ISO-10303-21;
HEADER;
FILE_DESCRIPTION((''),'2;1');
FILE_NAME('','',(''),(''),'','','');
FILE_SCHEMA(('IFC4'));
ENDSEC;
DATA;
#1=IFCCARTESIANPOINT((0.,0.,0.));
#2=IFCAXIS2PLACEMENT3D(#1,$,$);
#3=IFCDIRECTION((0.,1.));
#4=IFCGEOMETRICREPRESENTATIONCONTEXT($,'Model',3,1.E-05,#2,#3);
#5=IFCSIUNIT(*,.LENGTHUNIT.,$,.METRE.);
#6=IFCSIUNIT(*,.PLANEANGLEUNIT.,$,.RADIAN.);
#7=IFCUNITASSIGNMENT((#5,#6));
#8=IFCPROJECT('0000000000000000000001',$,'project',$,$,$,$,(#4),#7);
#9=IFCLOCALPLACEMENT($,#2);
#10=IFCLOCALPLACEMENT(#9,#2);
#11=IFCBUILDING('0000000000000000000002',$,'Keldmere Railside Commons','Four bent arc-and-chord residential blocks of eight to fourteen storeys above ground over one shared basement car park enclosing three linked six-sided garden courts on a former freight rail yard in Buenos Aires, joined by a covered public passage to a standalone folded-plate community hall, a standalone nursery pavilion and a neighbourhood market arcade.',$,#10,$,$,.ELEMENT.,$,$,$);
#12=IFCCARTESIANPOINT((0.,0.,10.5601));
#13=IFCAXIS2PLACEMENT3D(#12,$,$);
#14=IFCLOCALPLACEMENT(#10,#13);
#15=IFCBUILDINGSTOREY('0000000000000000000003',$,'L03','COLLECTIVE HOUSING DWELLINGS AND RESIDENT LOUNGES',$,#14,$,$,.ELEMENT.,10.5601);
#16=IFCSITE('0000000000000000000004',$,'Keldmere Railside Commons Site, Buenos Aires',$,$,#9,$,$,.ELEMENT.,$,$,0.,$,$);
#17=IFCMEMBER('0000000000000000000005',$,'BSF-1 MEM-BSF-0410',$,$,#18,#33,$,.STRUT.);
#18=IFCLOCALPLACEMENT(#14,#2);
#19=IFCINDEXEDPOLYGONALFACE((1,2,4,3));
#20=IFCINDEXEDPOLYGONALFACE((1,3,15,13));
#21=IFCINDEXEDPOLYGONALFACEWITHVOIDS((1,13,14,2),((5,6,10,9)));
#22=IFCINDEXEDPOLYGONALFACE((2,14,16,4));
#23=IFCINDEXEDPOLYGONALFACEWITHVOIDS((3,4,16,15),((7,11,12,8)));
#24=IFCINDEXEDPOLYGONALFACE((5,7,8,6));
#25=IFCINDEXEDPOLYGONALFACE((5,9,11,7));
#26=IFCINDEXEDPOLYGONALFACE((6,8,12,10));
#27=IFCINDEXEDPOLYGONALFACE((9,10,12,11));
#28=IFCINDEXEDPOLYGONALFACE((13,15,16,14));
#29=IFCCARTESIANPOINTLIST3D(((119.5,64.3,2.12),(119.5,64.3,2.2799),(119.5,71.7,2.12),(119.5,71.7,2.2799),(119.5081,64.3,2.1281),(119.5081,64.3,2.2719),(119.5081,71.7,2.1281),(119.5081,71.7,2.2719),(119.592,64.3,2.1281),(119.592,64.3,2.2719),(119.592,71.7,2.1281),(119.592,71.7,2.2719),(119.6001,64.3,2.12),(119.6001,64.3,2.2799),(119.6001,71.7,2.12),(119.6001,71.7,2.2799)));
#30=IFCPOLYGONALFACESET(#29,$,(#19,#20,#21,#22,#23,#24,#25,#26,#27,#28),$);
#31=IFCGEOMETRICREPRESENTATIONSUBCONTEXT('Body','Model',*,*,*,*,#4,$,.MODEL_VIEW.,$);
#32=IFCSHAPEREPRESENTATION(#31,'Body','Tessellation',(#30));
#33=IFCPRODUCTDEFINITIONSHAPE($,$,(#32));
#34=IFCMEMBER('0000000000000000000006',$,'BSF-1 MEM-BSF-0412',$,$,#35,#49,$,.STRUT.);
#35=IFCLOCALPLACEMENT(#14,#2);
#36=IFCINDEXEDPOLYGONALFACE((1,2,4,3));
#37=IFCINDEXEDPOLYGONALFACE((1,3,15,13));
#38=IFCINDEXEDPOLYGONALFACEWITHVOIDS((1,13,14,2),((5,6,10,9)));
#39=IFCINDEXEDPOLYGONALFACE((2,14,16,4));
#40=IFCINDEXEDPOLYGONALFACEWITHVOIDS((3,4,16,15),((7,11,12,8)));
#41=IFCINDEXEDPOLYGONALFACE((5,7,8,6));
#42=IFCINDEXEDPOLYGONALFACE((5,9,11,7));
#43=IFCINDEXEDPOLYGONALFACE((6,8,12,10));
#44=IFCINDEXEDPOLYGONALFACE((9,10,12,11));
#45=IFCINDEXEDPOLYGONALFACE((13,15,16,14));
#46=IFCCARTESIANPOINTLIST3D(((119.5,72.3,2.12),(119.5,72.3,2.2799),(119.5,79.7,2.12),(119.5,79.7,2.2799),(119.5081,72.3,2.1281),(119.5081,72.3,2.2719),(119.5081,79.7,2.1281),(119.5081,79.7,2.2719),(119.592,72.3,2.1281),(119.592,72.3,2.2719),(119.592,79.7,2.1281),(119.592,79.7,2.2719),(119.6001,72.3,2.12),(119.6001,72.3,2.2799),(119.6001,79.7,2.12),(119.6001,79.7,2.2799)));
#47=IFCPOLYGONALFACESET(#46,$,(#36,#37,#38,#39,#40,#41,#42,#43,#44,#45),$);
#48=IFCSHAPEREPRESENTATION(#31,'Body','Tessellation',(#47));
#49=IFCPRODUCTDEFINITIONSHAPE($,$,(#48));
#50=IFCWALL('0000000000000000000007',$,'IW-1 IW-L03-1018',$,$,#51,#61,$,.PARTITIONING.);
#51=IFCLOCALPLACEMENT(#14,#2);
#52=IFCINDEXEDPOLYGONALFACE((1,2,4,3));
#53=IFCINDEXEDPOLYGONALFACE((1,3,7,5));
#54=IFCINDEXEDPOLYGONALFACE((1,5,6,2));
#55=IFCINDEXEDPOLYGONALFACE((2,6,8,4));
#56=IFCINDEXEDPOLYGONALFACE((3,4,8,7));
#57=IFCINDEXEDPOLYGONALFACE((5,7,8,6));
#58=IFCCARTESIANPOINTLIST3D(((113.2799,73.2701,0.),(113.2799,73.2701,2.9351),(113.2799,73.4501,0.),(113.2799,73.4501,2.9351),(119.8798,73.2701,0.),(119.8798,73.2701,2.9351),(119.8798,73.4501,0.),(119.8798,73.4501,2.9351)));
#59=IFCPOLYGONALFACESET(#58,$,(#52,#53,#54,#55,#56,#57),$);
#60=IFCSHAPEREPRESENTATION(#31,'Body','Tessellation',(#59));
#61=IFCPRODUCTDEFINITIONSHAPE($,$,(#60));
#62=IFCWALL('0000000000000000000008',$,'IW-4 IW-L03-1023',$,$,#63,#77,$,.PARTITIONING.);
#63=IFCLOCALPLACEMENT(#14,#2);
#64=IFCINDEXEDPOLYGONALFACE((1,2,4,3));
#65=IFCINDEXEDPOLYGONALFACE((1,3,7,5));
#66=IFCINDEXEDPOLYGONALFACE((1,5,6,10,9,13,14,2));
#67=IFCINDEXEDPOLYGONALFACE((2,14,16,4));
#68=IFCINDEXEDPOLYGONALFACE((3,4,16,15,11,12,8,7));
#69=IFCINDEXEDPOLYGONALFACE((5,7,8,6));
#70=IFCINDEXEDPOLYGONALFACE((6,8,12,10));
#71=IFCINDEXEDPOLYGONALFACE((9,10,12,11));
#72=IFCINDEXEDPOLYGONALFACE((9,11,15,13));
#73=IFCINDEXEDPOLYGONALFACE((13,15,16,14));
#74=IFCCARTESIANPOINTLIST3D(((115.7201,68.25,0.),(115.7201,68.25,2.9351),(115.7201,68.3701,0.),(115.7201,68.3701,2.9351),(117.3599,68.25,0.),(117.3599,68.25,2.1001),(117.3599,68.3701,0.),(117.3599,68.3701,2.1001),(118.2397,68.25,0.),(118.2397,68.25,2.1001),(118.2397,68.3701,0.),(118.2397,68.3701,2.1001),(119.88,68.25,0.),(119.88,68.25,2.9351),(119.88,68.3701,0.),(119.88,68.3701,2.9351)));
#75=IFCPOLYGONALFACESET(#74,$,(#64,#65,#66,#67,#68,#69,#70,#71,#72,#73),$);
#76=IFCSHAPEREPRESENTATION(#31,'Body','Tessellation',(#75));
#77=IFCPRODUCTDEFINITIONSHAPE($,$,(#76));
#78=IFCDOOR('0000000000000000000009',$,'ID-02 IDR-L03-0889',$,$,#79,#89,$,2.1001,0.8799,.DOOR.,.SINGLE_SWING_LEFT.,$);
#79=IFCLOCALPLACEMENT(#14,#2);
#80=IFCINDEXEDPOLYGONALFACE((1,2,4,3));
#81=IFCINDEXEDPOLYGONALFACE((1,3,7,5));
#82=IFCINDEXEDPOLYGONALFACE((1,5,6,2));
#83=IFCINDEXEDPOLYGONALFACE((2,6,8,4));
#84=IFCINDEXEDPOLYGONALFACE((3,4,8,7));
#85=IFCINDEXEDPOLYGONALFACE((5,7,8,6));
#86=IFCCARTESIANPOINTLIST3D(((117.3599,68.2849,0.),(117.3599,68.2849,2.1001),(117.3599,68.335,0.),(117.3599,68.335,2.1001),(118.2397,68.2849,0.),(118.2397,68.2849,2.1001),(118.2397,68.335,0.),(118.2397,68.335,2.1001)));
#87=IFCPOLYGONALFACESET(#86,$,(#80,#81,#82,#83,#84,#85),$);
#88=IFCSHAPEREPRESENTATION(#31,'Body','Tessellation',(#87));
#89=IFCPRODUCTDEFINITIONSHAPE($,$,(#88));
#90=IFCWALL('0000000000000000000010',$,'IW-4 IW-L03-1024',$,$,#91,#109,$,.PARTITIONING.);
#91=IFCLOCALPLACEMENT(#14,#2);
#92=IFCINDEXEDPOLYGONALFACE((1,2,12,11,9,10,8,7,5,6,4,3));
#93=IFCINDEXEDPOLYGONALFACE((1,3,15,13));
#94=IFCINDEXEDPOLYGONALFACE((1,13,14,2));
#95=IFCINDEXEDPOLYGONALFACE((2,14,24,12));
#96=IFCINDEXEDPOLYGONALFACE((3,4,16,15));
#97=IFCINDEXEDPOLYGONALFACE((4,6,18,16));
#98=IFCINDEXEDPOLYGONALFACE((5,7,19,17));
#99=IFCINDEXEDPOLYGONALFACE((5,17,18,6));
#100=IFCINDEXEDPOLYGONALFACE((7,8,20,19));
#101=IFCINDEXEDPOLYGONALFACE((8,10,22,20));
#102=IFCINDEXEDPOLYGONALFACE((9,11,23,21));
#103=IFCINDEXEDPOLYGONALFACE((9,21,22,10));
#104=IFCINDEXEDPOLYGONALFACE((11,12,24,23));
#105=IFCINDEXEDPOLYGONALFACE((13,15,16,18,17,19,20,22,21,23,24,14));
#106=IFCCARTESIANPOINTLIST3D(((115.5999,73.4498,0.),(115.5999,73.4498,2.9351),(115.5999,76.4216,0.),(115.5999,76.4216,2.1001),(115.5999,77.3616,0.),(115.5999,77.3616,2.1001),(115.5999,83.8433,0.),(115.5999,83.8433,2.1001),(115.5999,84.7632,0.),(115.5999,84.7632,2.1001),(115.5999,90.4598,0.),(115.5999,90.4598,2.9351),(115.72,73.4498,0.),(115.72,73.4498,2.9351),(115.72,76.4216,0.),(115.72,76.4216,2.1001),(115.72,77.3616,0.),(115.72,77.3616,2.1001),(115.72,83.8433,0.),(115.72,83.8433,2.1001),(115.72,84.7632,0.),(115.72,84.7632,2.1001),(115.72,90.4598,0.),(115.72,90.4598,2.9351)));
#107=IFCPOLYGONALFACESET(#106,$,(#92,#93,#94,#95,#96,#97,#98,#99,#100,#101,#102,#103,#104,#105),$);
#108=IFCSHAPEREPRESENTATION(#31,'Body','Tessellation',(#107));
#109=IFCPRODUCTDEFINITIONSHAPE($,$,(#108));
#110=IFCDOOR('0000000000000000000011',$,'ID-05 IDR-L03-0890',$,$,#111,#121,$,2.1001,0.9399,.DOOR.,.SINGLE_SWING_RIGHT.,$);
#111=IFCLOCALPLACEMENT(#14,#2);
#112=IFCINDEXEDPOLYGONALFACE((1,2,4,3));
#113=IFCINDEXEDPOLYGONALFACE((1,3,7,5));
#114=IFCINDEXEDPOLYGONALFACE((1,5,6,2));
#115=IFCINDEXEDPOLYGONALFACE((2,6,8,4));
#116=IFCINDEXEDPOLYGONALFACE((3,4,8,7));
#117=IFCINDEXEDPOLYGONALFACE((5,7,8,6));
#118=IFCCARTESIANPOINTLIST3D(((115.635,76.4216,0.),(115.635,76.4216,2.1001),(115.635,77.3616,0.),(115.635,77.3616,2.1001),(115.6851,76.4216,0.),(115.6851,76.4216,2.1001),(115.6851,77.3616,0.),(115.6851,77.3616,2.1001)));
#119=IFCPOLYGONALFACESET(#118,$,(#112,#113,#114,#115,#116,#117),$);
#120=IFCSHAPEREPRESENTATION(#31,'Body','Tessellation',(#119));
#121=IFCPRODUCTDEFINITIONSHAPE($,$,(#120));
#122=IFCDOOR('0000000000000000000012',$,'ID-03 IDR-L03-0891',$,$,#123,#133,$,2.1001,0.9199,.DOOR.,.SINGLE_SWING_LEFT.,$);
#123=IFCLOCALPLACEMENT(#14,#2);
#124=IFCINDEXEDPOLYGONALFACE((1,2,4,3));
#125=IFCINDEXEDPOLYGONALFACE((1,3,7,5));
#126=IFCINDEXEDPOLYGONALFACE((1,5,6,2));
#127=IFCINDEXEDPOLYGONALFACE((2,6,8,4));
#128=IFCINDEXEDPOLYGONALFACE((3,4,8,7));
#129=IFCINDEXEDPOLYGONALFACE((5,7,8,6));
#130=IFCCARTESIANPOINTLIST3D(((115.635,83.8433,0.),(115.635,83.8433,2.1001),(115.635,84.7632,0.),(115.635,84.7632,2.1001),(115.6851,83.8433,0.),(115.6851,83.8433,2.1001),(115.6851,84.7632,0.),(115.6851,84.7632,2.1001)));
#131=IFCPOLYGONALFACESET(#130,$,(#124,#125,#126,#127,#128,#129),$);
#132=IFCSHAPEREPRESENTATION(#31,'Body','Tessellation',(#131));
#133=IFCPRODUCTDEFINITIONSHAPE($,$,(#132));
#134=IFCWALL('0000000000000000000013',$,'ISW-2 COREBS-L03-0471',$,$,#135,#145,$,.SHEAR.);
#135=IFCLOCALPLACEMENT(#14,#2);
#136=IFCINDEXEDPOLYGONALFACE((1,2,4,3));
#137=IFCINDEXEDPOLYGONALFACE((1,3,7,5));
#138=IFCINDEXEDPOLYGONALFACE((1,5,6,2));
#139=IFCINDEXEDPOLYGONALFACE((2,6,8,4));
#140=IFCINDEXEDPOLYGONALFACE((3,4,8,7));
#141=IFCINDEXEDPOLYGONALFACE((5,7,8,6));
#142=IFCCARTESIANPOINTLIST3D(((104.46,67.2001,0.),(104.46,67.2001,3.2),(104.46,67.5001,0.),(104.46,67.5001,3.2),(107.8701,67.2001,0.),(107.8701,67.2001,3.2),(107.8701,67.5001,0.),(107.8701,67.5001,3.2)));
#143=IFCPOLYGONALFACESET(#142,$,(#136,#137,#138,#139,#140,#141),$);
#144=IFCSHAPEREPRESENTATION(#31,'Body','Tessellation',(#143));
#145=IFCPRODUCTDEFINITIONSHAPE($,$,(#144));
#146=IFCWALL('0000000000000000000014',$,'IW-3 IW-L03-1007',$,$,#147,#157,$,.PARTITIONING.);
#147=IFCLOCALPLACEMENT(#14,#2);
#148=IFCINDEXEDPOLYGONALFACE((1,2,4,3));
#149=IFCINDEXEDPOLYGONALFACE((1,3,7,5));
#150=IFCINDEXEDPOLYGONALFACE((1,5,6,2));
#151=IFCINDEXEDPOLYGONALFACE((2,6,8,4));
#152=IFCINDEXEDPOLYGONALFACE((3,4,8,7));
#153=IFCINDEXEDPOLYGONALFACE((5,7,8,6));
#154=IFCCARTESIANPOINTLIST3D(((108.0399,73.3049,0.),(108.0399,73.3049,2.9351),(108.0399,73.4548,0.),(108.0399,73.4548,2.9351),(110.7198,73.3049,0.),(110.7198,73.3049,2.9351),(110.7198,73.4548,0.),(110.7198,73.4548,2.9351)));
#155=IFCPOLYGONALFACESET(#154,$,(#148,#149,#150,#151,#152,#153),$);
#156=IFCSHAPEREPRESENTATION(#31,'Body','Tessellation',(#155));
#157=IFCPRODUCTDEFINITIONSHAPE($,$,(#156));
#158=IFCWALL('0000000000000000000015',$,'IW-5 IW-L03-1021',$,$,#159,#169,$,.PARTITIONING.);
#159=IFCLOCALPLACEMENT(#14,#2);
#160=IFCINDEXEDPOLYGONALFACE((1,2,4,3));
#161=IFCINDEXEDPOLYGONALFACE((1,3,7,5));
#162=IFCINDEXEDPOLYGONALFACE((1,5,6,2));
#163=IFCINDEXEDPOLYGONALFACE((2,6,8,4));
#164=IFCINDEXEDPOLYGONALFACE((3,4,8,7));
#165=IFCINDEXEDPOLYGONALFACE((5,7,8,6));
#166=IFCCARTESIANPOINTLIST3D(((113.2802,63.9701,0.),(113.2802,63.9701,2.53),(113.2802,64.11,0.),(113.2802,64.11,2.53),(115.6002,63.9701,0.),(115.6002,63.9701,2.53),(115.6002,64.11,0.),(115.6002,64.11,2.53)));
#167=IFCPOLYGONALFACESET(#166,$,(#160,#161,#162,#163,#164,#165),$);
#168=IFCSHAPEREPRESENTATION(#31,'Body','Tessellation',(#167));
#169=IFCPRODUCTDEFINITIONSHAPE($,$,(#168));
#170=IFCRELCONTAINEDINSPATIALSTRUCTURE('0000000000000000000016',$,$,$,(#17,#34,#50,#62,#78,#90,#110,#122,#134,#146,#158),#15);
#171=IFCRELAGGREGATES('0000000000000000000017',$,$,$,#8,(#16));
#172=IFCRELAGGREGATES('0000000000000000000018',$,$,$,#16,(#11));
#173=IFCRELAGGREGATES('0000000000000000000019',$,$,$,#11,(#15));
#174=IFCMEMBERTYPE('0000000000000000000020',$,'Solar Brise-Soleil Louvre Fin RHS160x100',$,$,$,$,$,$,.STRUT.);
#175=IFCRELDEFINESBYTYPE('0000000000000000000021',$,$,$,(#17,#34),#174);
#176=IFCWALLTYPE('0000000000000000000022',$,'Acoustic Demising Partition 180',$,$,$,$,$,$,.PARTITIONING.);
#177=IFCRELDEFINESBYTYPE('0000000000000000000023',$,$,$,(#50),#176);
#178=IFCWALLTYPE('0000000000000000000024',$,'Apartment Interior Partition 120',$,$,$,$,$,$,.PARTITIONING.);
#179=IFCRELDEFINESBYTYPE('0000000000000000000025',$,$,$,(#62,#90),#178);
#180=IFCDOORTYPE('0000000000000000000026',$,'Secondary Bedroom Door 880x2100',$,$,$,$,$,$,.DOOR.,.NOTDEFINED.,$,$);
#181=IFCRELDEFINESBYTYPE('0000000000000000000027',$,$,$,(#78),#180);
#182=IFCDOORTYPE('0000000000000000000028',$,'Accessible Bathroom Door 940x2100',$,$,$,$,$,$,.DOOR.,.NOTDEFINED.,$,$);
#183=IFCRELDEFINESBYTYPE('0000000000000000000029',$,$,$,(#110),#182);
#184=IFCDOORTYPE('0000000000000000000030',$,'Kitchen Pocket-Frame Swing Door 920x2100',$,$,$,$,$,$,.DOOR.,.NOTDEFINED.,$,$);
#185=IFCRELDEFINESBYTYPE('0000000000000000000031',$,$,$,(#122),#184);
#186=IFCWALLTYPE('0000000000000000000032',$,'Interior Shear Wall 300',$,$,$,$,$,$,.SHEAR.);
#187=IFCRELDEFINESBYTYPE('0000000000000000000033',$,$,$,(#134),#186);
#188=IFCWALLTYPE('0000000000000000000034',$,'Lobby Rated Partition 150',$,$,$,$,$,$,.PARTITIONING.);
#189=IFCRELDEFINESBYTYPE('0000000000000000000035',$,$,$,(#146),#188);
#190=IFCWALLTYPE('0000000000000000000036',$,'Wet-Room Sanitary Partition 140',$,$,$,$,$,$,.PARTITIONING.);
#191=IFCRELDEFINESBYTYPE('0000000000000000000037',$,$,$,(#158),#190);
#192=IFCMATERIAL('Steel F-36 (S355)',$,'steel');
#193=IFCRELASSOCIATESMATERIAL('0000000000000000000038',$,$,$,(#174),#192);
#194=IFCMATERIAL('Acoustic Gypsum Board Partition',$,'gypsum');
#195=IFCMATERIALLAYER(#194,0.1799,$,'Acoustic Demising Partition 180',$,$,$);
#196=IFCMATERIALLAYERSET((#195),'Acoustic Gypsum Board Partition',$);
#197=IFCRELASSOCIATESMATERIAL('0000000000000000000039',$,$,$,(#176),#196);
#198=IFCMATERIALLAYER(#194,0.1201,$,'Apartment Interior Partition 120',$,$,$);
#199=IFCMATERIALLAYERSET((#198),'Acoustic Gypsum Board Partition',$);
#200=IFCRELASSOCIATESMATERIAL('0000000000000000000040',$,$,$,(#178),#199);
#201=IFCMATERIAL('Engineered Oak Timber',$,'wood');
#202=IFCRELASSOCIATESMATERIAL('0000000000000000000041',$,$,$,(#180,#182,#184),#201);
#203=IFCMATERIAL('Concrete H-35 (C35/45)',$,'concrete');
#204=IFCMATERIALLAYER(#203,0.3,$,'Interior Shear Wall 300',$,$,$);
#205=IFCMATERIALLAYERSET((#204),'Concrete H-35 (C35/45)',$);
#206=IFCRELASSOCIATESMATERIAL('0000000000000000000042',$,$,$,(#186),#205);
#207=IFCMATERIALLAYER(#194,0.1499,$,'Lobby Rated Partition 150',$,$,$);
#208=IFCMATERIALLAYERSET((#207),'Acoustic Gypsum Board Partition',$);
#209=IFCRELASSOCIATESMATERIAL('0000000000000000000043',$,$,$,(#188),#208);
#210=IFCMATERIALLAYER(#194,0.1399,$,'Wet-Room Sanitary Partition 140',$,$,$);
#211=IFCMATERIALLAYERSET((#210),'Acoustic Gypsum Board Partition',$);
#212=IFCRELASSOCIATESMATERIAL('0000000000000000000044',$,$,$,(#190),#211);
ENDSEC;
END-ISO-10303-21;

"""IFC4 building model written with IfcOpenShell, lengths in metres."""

from ifc_helpers import new_model, si_unit, direction, frame, frame_2d, origin, origin_2d, place, context, subcontext, project, spatial, rectangle, hollow_rectangle, extrude, material, layer, layer_set, material_profile, profile_set, type_object, element, fill, save


model = new_model("IFC4")

# Units and contexts
model_context = context("Model", 3, precision=1e-05, world=origin(), true_north=direction((0.0, 1.0)))
body_context = subcontext(model_context, "Body", "Model", "MODEL_VIEW")
ifc_project = project(units=[si_unit("LENGTHUNIT", "METRE"), si_unit("PLANEANGLEUNIT", "RADIAN")], contexts=[model_context])

# Site, building, storey
site_placement = place(None, origin())
site = spatial("IfcSite", under=ifc_project, at=site_placement, Name="Keldmere Railside Commons Site, Buenos Aires", CompositionType="ELEMENT", RefElevation=0.0)
building_placement = place(site_placement, origin())
building = spatial("IfcBuilding", under=site, at=building_placement, Name="Keldmere Railside Commons", Description="Four bent arc-and-chord residential blocks of eight to fourteen storeys above ground over one shared basement car park enclosing three linked six-sided garden courts on a former freight rail yard in Buenos Aires, joined by a covered public passage to a standalone folded-plate community hall, a standalone nursery pavilion and a neighbourhood market arcade.", CompositionType="ELEMENT")
storey_placement = place(building_placement, frame((0.0, 0.0, 10.5601)))
storey = spatial("IfcBuildingStorey", under=building, at=storey_placement, Name="L03", Description="COLLECTIVE HOUSING DWELLINGS AND RESIDENT LOUNGES", CompositionType="ELEMENT", Elevation=10.5601)

# Shared definitions
ifc_material_1 = material(Name="Concrete H-35 (C35/45)", Category="concrete")

# Shared definitions
ifc_material_2 = material(Name="Steel F-36 (S355)", Category="steel")

# Members
ifc_material_profile_1 = material_profile(ifc_material_2, hollow_rectangle(XDim=0.1001, YDim=0.1599, WallThickness=0.0081, at=origin_2d()), Name="RHS-160x100x8")
ifc_profile_set_1 = profile_set([ifc_material_profile_1], Name="Steel F-36 (S355)")
member_type_1 = type_object("IfcMemberType", Name="Solar Brise-Soleil Louvre Fin RHS160x100", PredefinedType="STRUT", material=ifc_profile_set_1)
for number, where, z_axis, x_axis, name in (
    (1, (119.55, 64.3, 2.2), (0.0, 1.0, 0.0), (-1.0, 0.0, 0.0), "BSF-1 MEM-BSF-0410"),
    (2, (119.55, 72.3, 2.2), (0.0, 1.0, 0.0), (-1.0, 0.0, 0.0), "BSF-1 MEM-BSF-0412"),
):
    element("IfcMember", number, at=place(storey_placement, frame(where, z_axis=z_axis, x_axis=x_axis)), inside=storey, type_object=member_type_1, Name=name, PredefinedType="STRUT", context=body_context, shape_type="SweptSolid", body=[
        extrude(hollow_rectangle(XDim=0.1001, YDim=0.1599, WallThickness=0.0081, at=origin_2d()), origin(), (0.0, 0.0, 1.0), 7.3999),
    ])

# Wall
ifc_material_3 = material(Name="Acoustic Gypsum Board Partition", Category="gypsum")
ifc_layer_1 = layer(ifc_material_3, 0.1799, Name="Acoustic Demising Partition 180")
ifc_layer_set_1 = layer_set([ifc_layer_1], Name="Acoustic Gypsum Board Partition")
wall_type_1 = type_object("IfcWallType", Name="Acoustic Demising Partition 180", PredefinedType="PARTITIONING", material=ifc_layer_set_1)
wall_1_placement = place(storey_placement, frame((113.28, 73.3601, 0.0), z_axis=(0.0, 0.0, 1.0), x_axis=(1.0, 0.0, 0.0)))
element("IfcWall", 3, at=wall_1_placement, inside=storey, type_object=wall_type_1, Name="IW-1 IW-L03-1018", PredefinedType="PARTITIONING", context=body_context, shape_type="SweptSolid", body=[
    extrude(rectangle(XDim=6.5999, YDim=0.1799, at=frame_2d((3.2998, 0.0))), origin(), (0.0, 0.0, 1.0), 2.9351),
])

# Wall, opening, door
ifc_layer_2 = layer(ifc_material_3, 0.1201, Name="Apartment Interior Partition 120")
ifc_layer_set_2 = layer_set([ifc_layer_2], Name="Acoustic Gypsum Board Partition")
wall_type_2 = type_object("IfcWallType", Name="Apartment Interior Partition 120", PredefinedType="PARTITIONING", material=ifc_layer_set_2)
wall_2_placement = place(storey_placement, frame((115.72, 68.3101, 0.0), z_axis=(0.0, 0.0, 1.0), x_axis=(1.0, 0.0, 0.0)))
wall_2 = element("IfcWall", 4, at=wall_2_placement, inside=storey, type_object=wall_type_2, Name="IW-4 IW-L03-1023", PredefinedType="PARTITIONING", context=body_context, shape_type="SweptSolid", body=[
    extrude(rectangle(XDim=4.1599, YDim=0.1201, at=frame_2d((2.0801, 0.0))), origin(), (0.0, 0.0, 1.0), 2.9351),
])
opening_1_placement = place(wall_2_placement, frame((1.6399, 0.0, 0.0)))
opening_1 = element("IfcOpeningElement", 5, at=opening_1_placement, cuts=wall_2, PredefinedType="OPENING", context=body_context, shape_type="SweptSolid", body=[
    extrude(rectangle(XDim=0.8799, YDim=2.1001, at=frame_2d((0.4399, 1.05))), frame((0.0, 0.0701, 0.0), z_axis=(0.0, -1.0, 0.0), x_axis=(1.0, 0.0, 0.0)), (0.0, 0.0, 1.0), 0.1401),
])
ifc_material_4 = material(Name="Engineered Oak Timber", Category="wood")
door_type_1 = type_object("IfcDoorType", Name="Secondary Bedroom Door 880x2100", OperationType="NOTDEFINED", PredefinedType="DOOR", material=ifc_material_4)
door_1_placement = place(opening_1_placement, origin())
door_1 = element("IfcDoor", 6, at=door_1_placement, inside=storey, type_object=door_type_1, Name="ID-02 IDR-L03-0889", OperationType="SINGLE_SWING_LEFT", OverallHeight=2.1001, OverallWidth=0.8799, PredefinedType="DOOR", context=body_context, shape_type="SweptSolid", body=[
    extrude(rectangle(XDim=0.8799, YDim=2.1001, at=frame_2d((0.4399, 1.05))), frame((0.0, 0.0249, 0.0), z_axis=(0.0, -1.0, 0.0), x_axis=(1.0, 0.0, 0.0)), (0.0, 0.0, 1.0), 0.05),
])
fill(opening_1, door_1)

# Wall, openings, doors
wall_3_placement = place(storey_placement, frame((115.6599, 73.45, 0.0), z_axis=(0.0, 0.0, 1.0), x_axis=(0.0, 1.0, 0.0)))
wall_3 = element("IfcWall", 7, at=wall_3_placement, inside=storey, type_object=wall_type_2, Name="IW-4 IW-L03-1024", PredefinedType="PARTITIONING", context=body_context, shape_type="SweptSolid", body=[
    extrude(rectangle(XDim=17.01, YDim=0.1201, at=frame_2d((8.5049, 0.0))), origin(), (0.0, 0.0, 1.0), 2.9351),
])
opening_2_placement = place(wall_3_placement, frame((2.9717, 0.0, 0.0)))
opening_2 = element("IfcOpeningElement", 8, at=opening_2_placement, cuts=wall_3, PredefinedType="OPENING", context=body_context, shape_type="SweptSolid", body=[
    extrude(rectangle(XDim=0.9399, YDim=2.1001, at=frame_2d((0.47, 1.05))), frame((0.0, 0.0701, 0.0), z_axis=(0.0, -1.0, 0.0), x_axis=(1.0, 0.0, 0.0)), (0.0, 0.0, 1.0), 0.1401),
])
opening_3_placement = place(wall_3_placement, frame((10.3933, 0.0, 0.0)))
opening_3 = element("IfcOpeningElement", 9, at=opening_3_placement, cuts=wall_3, PredefinedType="OPENING", context=body_context, shape_type="SweptSolid", body=[
    extrude(rectangle(XDim=0.9199, YDim=2.1001, at=frame_2d((0.46, 1.05))), frame((0.0, 0.0701, 0.0), z_axis=(0.0, -1.0, 0.0), x_axis=(1.0, 0.0, 0.0)), (0.0, 0.0, 1.0), 0.1401),
])
door_type_2 = type_object("IfcDoorType", Name="Accessible Bathroom Door 940x2100", OperationType="NOTDEFINED", PredefinedType="DOOR", material=ifc_material_4)
door_2_placement = place(opening_2_placement, origin())
door_2 = element("IfcDoor", 10, at=door_2_placement, inside=storey, type_object=door_type_2, Name="ID-05 IDR-L03-0890", OperationType="SINGLE_SWING_RIGHT", OverallHeight=2.1001, OverallWidth=0.9399, PredefinedType="DOOR", context=body_context, shape_type="SweptSolid", body=[
    extrude(rectangle(XDim=0.9399, YDim=2.1001, at=frame_2d((0.47, 1.05))), frame((0.0, 0.0249, 0.0), z_axis=(0.0, -1.0, 0.0), x_axis=(1.0, 0.0, 0.0)), (0.0, 0.0, 1.0), 0.05),
])
fill(opening_2, door_2)
door_type_3 = type_object("IfcDoorType", Name="Kitchen Pocket-Frame Swing Door 920x2100", OperationType="NOTDEFINED", PredefinedType="DOOR", material=ifc_material_4)
door_3_placement = place(opening_3_placement, origin())
door_3 = element("IfcDoor", 11, at=door_3_placement, inside=storey, type_object=door_type_3, Name="ID-03 IDR-L03-0891", OperationType="SINGLE_SWING_LEFT", OverallHeight=2.1001, OverallWidth=0.9199, PredefinedType="DOOR", context=body_context, shape_type="SweptSolid", body=[
    extrude(rectangle(XDim=0.9199, YDim=2.1001, at=frame_2d((0.46, 1.05))), frame((0.0, 0.0249, 0.0), z_axis=(0.0, -1.0, 0.0), x_axis=(1.0, 0.0, 0.0)), (0.0, 0.0, 1.0), 0.05),
])
fill(opening_3, door_3)

# Walls
ifc_layer_3 = layer(ifc_material_1, 0.3, Name="Interior Shear Wall 300")
ifc_layer_set_3 = layer_set([ifc_layer_3], Name="Concrete H-35 (C35/45)")
wall_type_3 = type_object("IfcWallType", Name="Interior Shear Wall 300", PredefinedType="SHEAR", material=ifc_layer_set_3)
wall_4_placement = place(storey_placement, frame((107.8701, 67.3501, 0.0), z_axis=(0.0, 0.0, 1.0), x_axis=(-1.0, 0.0, 0.0)))
element("IfcWall", 12, at=wall_4_placement, inside=storey, type_object=wall_type_3, Name="ISW-2 COREBS-L03-0471", PredefinedType="SHEAR", context=body_context, shape_type="SweptSolid", body=[
    extrude(rectangle(XDim=3.4102, YDim=0.3, at=frame_2d((1.7051, 0.0))), origin(), (0.0, 0.0, 1.0), 3.2),
])
ifc_layer_4 = layer(ifc_material_3, 0.1499, Name="Lobby Rated Partition 150")
ifc_layer_set_4 = layer_set([ifc_layer_4], Name="Acoustic Gypsum Board Partition")
wall_type_4 = type_object("IfcWallType", Name="Lobby Rated Partition 150", PredefinedType="PARTITIONING", material=ifc_layer_set_4)
wall_5_placement = place(storey_placement, frame((108.04, 73.3799, 0.0), z_axis=(0.0, 0.0, 1.0), x_axis=(1.0, 0.0, 0.0)))
element("IfcWall", 13, at=wall_5_placement, inside=storey, type_object=wall_type_4, Name="IW-3 IW-L03-1007", PredefinedType="PARTITIONING", context=body_context, shape_type="SweptSolid", body=[
    extrude(rectangle(XDim=2.6799, YDim=0.1499, at=frame_2d((1.3398, 0.0))), origin(), (0.0, 0.0, 1.0), 2.9351),
])
ifc_layer_5 = layer(ifc_material_3, 0.1399, Name="Wet-Room Sanitary Partition 140")
ifc_layer_set_5 = layer_set([ifc_layer_5], Name="Acoustic Gypsum Board Partition")
wall_type_5 = type_object("IfcWallType", Name="Wet-Room Sanitary Partition 140", PredefinedType="PARTITIONING", material=ifc_layer_set_5)
wall_6_placement = place(storey_placement, frame((113.28, 64.04, 0.0), z_axis=(0.0, 0.0, 1.0), x_axis=(1.0, 0.0, 0.0)))
element("IfcWall", 14, at=wall_6_placement, inside=storey, type_object=wall_type_5, Name="IW-5 IW-L03-1021", PredefinedType="PARTITIONING", context=body_context, shape_type="SweptSolid", body=[
    extrude(rectangle(XDim=2.3201, YDim=0.1399, at=frame_2d((1.1602, 0.0))), origin(), (0.0, 0.0, 1.0), 2.53),
])

save(model, "model.ifc")
